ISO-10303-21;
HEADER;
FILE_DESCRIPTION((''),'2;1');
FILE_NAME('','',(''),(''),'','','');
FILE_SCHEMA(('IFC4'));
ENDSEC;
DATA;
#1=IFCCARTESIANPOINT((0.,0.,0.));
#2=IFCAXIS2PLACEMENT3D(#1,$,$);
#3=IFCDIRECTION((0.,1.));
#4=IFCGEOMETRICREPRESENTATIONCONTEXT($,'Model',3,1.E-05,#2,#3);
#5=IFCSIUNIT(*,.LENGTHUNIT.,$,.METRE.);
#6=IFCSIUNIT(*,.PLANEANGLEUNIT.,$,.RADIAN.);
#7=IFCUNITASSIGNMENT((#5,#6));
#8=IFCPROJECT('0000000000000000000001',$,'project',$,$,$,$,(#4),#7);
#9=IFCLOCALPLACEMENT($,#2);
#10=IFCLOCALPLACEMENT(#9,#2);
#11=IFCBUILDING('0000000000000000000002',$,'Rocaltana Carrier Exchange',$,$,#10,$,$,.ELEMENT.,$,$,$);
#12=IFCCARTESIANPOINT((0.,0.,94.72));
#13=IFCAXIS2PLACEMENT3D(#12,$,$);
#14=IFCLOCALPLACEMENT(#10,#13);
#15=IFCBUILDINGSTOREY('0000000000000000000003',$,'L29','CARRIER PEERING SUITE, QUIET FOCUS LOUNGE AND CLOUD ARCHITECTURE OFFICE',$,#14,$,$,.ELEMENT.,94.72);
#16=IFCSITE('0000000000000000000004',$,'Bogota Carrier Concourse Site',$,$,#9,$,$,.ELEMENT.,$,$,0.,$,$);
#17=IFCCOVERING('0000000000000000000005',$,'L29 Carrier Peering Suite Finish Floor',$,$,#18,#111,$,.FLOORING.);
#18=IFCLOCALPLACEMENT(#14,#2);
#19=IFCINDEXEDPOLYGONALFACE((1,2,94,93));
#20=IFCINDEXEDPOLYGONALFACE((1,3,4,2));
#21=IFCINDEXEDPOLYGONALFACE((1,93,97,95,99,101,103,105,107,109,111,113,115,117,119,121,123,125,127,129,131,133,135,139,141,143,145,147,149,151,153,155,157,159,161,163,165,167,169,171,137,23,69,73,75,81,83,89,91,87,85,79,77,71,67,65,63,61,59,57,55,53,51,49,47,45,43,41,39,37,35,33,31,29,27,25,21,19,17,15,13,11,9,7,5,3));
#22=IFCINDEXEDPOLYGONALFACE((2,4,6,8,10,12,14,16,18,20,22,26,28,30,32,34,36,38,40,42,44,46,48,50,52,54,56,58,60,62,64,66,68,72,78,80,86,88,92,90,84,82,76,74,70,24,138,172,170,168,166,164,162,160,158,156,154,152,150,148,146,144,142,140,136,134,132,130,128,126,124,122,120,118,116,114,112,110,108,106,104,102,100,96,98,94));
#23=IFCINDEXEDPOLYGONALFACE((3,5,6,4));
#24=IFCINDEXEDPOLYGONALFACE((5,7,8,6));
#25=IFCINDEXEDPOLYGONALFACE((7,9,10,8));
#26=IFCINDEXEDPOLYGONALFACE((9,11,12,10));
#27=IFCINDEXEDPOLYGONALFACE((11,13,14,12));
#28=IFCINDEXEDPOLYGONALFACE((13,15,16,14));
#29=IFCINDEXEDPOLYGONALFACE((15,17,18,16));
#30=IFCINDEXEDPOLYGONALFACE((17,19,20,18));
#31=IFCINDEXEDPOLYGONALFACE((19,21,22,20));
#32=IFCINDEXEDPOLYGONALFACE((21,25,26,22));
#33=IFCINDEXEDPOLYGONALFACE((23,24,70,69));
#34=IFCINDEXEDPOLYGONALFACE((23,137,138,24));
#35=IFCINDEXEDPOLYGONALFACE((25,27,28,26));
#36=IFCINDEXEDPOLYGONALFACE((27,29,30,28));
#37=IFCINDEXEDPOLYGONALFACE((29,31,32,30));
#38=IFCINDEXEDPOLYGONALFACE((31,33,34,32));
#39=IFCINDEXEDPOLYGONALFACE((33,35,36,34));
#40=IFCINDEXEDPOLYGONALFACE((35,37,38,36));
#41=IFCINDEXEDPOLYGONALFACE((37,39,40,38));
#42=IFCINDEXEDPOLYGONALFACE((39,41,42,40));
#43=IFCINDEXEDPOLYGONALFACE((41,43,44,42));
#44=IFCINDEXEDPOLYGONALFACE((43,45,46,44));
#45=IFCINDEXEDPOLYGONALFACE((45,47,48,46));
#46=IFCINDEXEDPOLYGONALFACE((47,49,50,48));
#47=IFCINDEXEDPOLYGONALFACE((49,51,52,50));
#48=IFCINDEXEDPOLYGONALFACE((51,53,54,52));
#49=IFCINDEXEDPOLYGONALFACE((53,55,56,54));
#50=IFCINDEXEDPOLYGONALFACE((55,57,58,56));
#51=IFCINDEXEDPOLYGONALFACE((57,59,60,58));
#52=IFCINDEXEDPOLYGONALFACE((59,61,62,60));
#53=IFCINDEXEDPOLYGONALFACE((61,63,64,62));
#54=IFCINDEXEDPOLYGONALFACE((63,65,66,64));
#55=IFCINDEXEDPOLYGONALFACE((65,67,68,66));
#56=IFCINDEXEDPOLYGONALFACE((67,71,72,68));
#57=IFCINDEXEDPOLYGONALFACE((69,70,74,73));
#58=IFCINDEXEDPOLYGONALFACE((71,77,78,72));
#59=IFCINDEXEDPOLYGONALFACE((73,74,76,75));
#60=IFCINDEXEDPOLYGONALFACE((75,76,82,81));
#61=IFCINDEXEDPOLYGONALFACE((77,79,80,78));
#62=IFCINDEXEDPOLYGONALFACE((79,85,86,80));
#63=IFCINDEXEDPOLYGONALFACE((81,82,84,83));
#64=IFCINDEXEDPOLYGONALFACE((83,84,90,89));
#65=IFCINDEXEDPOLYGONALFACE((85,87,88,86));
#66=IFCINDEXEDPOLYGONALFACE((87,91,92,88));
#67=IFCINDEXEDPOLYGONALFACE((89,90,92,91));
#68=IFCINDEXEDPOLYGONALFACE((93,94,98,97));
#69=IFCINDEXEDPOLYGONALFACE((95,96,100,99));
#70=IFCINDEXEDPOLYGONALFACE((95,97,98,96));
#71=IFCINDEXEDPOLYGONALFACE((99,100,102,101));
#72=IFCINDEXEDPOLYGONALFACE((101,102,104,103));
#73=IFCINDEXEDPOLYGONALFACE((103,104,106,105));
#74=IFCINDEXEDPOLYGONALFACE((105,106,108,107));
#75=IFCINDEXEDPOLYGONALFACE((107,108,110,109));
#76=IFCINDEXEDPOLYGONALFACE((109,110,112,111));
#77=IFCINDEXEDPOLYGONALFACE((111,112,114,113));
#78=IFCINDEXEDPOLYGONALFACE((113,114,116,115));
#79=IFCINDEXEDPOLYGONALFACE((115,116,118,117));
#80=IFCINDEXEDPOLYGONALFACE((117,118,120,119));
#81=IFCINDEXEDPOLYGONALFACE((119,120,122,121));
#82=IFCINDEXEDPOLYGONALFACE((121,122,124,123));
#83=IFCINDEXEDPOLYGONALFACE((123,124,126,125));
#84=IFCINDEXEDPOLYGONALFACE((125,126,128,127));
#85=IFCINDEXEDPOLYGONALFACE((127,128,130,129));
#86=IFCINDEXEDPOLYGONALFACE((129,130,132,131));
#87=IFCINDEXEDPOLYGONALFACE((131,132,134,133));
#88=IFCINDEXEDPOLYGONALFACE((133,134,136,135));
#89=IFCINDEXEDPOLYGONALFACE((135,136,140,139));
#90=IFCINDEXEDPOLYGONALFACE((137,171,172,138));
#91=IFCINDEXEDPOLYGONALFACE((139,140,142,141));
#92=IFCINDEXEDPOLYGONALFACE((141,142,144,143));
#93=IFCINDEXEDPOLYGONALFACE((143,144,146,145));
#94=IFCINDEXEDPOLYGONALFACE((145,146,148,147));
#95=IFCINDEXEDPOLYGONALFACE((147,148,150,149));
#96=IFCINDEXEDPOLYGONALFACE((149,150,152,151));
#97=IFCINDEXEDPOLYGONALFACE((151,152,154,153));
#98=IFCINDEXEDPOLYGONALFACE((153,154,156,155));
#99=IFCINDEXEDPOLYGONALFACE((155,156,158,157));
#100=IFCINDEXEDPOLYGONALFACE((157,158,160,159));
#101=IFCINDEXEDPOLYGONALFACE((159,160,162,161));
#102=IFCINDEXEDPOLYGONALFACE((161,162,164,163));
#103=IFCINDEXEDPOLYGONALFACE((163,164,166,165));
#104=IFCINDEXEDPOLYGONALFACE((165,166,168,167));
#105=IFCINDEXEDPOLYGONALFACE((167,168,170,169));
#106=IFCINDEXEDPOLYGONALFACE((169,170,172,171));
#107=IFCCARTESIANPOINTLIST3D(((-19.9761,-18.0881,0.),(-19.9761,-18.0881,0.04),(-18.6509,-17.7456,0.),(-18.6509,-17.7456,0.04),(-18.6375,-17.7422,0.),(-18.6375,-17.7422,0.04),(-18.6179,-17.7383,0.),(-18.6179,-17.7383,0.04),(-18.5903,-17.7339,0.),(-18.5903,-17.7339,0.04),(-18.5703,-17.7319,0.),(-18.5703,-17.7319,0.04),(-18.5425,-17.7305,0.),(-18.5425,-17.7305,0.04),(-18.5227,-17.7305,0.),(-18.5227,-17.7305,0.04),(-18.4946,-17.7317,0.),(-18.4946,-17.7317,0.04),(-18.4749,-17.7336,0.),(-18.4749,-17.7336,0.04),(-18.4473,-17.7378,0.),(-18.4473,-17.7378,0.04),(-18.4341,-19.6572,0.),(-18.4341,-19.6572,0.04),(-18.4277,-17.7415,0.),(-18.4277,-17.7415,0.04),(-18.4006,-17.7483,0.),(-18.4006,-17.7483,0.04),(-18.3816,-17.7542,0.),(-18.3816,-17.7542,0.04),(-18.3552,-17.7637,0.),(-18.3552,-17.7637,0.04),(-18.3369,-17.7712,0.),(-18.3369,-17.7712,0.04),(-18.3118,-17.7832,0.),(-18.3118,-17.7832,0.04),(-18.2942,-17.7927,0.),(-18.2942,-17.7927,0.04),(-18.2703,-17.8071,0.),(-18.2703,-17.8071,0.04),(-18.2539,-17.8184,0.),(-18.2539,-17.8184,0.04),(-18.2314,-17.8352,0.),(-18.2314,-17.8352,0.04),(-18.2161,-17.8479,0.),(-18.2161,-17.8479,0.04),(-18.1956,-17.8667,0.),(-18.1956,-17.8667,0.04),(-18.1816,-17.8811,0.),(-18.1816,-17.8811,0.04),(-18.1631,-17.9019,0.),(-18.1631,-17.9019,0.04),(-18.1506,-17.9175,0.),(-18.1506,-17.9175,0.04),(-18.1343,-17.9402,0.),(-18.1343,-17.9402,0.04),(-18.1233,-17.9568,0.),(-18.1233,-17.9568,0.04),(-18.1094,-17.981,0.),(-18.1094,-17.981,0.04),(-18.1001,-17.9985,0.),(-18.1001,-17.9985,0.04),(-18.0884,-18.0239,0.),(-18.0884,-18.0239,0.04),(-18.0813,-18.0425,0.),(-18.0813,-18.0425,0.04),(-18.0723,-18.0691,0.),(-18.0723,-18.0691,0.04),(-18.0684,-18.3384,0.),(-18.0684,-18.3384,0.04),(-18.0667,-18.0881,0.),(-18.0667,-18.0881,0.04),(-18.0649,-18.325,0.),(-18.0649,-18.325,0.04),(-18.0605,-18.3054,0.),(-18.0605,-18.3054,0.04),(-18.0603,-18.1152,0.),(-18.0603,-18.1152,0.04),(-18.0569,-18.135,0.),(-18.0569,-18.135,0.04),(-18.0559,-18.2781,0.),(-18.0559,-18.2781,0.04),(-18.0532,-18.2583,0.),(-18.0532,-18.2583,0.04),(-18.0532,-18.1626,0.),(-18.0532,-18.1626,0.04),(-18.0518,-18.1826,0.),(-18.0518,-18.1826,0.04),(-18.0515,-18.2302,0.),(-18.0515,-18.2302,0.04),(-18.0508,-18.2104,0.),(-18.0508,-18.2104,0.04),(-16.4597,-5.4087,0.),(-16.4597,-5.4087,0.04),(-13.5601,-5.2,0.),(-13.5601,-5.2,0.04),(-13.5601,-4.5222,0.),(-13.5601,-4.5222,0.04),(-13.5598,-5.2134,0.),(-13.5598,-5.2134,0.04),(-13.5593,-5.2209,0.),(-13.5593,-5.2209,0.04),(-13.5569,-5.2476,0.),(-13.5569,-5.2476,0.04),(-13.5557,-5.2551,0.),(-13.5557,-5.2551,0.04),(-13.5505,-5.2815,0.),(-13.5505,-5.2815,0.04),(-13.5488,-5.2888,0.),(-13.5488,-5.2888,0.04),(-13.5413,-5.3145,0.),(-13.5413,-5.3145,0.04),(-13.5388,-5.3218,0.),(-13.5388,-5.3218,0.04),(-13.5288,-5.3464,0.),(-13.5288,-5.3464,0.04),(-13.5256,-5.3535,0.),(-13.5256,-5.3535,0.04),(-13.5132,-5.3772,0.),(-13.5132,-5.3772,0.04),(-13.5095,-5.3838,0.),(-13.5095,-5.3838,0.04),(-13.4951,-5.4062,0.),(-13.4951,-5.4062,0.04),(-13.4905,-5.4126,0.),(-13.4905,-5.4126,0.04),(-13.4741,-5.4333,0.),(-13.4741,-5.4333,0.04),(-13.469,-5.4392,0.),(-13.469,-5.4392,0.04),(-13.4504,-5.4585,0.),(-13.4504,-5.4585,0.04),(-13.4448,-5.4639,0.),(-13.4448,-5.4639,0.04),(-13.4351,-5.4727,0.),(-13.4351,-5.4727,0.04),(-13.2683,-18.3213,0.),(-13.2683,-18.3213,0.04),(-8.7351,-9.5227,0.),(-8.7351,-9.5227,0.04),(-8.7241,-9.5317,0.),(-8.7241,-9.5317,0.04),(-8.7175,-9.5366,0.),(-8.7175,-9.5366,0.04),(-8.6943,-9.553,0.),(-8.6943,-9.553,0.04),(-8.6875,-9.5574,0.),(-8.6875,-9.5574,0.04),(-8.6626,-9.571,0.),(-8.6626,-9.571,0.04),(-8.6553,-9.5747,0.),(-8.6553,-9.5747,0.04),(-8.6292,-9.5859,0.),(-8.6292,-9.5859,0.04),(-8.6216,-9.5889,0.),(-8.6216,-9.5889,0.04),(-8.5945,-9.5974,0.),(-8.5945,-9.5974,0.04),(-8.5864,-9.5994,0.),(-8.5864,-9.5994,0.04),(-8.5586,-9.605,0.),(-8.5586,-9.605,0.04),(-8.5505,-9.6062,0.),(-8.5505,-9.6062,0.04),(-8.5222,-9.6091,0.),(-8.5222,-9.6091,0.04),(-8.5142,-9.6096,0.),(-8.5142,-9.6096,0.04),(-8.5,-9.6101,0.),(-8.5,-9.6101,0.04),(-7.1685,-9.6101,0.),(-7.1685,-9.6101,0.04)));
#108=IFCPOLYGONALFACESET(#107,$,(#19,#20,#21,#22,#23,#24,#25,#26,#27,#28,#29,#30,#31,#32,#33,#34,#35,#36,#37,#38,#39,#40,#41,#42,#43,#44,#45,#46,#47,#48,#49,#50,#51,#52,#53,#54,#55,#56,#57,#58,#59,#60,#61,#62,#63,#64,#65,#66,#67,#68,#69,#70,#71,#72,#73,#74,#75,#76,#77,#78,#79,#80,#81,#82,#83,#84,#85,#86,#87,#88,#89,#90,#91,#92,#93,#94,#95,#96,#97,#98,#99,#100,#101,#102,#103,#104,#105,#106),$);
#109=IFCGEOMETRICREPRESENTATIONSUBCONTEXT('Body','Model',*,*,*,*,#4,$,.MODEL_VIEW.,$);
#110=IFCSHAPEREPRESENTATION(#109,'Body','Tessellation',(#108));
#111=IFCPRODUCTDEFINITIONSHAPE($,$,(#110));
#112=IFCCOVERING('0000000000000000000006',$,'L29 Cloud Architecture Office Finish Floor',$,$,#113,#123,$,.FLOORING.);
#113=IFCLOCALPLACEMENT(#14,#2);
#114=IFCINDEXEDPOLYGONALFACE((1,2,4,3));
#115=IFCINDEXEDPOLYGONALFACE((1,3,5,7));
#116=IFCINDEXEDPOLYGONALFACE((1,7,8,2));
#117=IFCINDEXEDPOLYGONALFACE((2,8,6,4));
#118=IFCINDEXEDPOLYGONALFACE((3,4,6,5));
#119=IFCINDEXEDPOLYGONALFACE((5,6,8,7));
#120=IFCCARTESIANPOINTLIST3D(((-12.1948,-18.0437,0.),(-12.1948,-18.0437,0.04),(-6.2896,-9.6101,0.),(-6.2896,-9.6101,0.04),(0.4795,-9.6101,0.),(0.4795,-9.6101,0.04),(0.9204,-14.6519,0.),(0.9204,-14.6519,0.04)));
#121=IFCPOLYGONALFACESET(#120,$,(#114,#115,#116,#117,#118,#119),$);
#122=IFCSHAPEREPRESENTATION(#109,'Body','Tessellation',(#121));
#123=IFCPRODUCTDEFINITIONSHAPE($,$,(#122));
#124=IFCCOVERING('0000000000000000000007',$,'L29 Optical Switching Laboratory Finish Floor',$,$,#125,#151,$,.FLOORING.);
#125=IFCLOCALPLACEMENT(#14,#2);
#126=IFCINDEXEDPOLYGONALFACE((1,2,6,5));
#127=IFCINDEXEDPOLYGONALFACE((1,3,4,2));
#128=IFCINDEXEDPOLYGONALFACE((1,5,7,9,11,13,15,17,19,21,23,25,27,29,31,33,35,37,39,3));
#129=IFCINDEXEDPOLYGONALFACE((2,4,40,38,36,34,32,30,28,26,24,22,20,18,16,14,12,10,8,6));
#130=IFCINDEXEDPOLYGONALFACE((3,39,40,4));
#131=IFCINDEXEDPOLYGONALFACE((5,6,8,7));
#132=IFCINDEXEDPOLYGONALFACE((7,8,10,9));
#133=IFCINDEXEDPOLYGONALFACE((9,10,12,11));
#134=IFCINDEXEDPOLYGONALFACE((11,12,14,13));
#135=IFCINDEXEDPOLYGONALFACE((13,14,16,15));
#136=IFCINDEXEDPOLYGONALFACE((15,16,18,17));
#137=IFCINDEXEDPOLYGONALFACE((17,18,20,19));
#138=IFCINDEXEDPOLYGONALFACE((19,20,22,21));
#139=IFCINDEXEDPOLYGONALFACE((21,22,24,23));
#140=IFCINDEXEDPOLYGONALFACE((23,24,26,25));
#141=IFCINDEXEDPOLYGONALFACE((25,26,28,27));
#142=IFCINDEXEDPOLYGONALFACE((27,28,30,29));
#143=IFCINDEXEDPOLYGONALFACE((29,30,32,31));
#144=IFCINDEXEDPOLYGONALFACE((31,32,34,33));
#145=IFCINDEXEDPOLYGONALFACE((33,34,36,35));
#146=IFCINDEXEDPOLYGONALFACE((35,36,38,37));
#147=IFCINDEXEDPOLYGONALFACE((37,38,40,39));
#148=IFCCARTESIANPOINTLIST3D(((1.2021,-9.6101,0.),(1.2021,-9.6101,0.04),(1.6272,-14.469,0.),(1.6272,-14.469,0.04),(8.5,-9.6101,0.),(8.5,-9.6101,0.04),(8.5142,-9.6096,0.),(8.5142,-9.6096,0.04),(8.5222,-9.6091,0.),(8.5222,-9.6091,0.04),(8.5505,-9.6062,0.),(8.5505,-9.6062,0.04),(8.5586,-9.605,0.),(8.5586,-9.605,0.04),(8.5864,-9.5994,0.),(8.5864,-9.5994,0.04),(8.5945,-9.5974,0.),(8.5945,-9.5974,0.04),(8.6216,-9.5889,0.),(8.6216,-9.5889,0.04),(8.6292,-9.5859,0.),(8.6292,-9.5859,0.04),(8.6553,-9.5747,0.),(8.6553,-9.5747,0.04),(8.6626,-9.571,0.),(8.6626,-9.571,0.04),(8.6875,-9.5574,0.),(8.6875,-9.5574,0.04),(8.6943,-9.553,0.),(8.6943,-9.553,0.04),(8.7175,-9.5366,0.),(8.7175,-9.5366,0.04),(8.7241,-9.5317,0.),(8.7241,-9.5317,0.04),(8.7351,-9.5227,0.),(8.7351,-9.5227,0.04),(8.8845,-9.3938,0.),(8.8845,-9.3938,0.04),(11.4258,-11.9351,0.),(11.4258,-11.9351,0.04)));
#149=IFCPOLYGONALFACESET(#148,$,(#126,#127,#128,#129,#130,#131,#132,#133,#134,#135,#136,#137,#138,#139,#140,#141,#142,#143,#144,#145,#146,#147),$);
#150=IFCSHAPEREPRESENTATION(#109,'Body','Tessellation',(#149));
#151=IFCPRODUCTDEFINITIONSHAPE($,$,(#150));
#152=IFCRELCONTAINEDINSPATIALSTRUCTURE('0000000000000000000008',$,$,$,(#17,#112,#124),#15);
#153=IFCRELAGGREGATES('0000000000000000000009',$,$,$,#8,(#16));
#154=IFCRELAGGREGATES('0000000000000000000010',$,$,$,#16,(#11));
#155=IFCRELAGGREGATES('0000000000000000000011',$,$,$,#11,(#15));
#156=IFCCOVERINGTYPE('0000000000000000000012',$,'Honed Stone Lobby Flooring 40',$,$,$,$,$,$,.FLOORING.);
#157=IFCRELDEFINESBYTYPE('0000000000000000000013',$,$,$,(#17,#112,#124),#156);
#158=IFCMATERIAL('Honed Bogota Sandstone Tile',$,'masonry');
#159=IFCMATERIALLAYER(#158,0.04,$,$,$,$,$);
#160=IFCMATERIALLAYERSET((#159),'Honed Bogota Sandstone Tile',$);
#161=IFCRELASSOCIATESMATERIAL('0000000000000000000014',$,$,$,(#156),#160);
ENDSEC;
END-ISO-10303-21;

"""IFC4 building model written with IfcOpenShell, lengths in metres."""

from ifc_helpers import new_model, si_unit, direction, frame, origin, place, context, subcontext, project, spatial, polyline, outline, extrude, material, layer, layer_set, type_object, element, save


model = new_model("IFC4")

# Units and contexts
model_context = context("Model", 3, precision=1e-05, world=origin(), true_north=direction((0.0, 1.0)))
body_context = subcontext(model_context, "Body", "Model", "MODEL_VIEW")
ifc_project = project(units=[si_unit("LENGTHUNIT", "METRE"), si_unit("PLANEANGLEUNIT", "RADIAN")], contexts=[model_context])

# Site, building, storey
site_placement = place(None, origin())
site = spatial("IfcSite", under=ifc_project, at=site_placement, Name="Bogota Carrier Concourse Site", CompositionType="ELEMENT", RefElevation=0.0)
building_placement = place(site_placement, origin())
building = spatial("IfcBuilding", under=site, at=building_placement, Name="Rocaltana Carrier Exchange", CompositionType="ELEMENT")
storey_placement = place(building_placement, frame((0.0, 0.0, 94.72)))
storey = spatial("IfcBuildingStorey", under=building, at=storey_placement, Name="L29", Description="CARRIER PEERING SUITE, QUIET FOCUS LOUNGE AND CLOUD ARCHITECTURE OFFICE", CompositionType="ELEMENT", Elevation=94.72)

# Coverings
ifc_material_1 = material(Name="Honed Bogota Sandstone Tile", Category="masonry")
ifc_layer_1 = layer(ifc_material_1, 0.04)
ifc_layer_set_1 = layer_set([ifc_layer_1], Name="Honed Bogota Sandstone Tile")
covering_type_1 = type_object("IfcCoveringType", Name="Honed Stone Lobby Flooring 40", PredefinedType="FLOORING", material=ifc_layer_set_1)
covering_1_placement = place(storey_placement, origin())
element("IfcCovering", 1, at=covering_1_placement, inside=storey, type_object=covering_type_1, Name="L29 Carrier Peering Suite Finish Floor", PredefinedType="FLOORING", context=body_context, shape_type="SweptSolid", body=[
    extrude(outline(polyline([(-18.0684, -18.3384), (-18.0649, -18.325), (-18.0605, -18.3054), (-18.0559, -18.2781), (-18.0532, -18.2583), (-18.0515, -18.2302), (-18.0508, -18.2104), (-18.0518, -18.1826), (-18.0532, -18.1626), (-18.0569, -18.135), (-18.0603, -18.1152), (-18.0667, -18.0881), (-18.0723, -18.0691), (-18.0813, -18.0425), (-18.0884, -18.0239), (-18.1001, -17.9985), (-18.1094, -17.981), (-18.1233, -17.9568), (-18.1343, -17.9402), (-18.1506, -17.9175), (-18.1631, -17.9019), (-18.1816, -17.8811), (-18.1956, -17.8667), (-18.2161, -17.8479), (-18.2314, -17.8352), (-18.2539, -17.8184), (-18.2703, -17.8071), (-18.2942, -17.7927), (-18.3118, -17.7832), (-18.3369, -17.7712), (-18.3552, -17.7637), (-18.3816, -17.7542), (-18.4006, -17.7483), (-18.4277, -17.7415), (-18.4473, -17.7378), (-18.4749, -17.7336), (-18.4946, -17.7317), (-18.5227, -17.7305), (-18.5425, -17.7305), (-18.5703, -17.7319), (-18.5903, -17.7339), (-18.6179, -17.7383), (-18.6375, -17.7422), (-18.6509, -17.7456), (-19.9761, -18.0881), (-16.4597, -5.4087), (-13.5601, -4.5222), (-13.5601, -5.2), (-13.5598, -5.2134), (-13.5593, -5.2209), (-13.5569, -5.2476), (-13.5557, -5.2551), (-13.5505, -5.2815), (-13.5488, -5.2888), (-13.5413, -5.3145), (-13.5388, -5.3218), (-13.5288, -5.3464), (-13.5256, -5.3535), (-13.5132, -5.3772), (-13.5095, -5.3838), (-13.4951, -5.4062), (-13.4905, -5.4126), (-13.4741, -5.4333), (-13.469, -5.4392), (-13.4504, -5.4585), (-13.4448, -5.4639), (-13.4351, -5.4727), (-8.7351, -9.5227), (-8.7241, -9.5317), (-8.7175, -9.5366), (-8.6943, -9.553), (-8.6875, -9.5574), (-8.6626, -9.571), (-8.6553, -9.5747), (-8.6292, -9.5859), (-8.6216, -9.5889), (-8.5945, -9.5974), (-8.5864, -9.5994), (-8.5586, -9.605), (-8.5505, -9.6062), (-8.5222, -9.6091), (-8.5142, -9.6096), (-8.5, -9.6101), (-7.1685, -9.6101), (-13.2683, -18.3213), (-18.4341, -19.6572), (-18.0684, -18.3384)])), origin(), (0.0, 0.0, 1.0), 0.04),
])
covering_2_placement = place(storey_placement, origin())
element("IfcCovering", 2, at=covering_2_placement, inside=storey, type_object=covering_type_1, Name="L29 Cloud Architecture Office Finish Floor", PredefinedType="FLOORING", context=body_context, shape_type="SweptSolid", body=[
    extrude(outline(polyline([(-12.1948, -18.0437), (-6.2896, -9.6101), (0.4795, -9.6101), (0.9204, -14.6519), (-12.1948, -18.0437)])), origin(), (0.0, 0.0, 1.0), 0.04),
])
covering_3_placement = place(storey_placement, origin())
element("IfcCovering", 3, at=covering_3_placement, inside=storey, type_object=covering_type_1, Name="L29 Optical Switching Laboratory Finish Floor", PredefinedType="FLOORING", context=body_context, shape_type="SweptSolid", body=[
    extrude(outline(polyline([(1.6272, -14.469), (1.2021, -9.6101), (8.5, -9.6101), (8.5142, -9.6096), (8.5222, -9.6091), (8.5505, -9.6062), (8.5586, -9.605), (8.5864, -9.5994), (8.5945, -9.5974), (8.6216, -9.5889), (8.6292, -9.5859), (8.6553, -9.5747), (8.6626, -9.571), (8.6875, -9.5574), (8.6943, -9.553), (8.7175, -9.5366), (8.7241, -9.5317), (8.7351, -9.5227), (8.8845, -9.3938), (11.4258, -11.9351), (1.6272, -14.469)])), origin(), (0.0, 0.0, 1.0), 0.04),
])

save(model, "model.ifc")
